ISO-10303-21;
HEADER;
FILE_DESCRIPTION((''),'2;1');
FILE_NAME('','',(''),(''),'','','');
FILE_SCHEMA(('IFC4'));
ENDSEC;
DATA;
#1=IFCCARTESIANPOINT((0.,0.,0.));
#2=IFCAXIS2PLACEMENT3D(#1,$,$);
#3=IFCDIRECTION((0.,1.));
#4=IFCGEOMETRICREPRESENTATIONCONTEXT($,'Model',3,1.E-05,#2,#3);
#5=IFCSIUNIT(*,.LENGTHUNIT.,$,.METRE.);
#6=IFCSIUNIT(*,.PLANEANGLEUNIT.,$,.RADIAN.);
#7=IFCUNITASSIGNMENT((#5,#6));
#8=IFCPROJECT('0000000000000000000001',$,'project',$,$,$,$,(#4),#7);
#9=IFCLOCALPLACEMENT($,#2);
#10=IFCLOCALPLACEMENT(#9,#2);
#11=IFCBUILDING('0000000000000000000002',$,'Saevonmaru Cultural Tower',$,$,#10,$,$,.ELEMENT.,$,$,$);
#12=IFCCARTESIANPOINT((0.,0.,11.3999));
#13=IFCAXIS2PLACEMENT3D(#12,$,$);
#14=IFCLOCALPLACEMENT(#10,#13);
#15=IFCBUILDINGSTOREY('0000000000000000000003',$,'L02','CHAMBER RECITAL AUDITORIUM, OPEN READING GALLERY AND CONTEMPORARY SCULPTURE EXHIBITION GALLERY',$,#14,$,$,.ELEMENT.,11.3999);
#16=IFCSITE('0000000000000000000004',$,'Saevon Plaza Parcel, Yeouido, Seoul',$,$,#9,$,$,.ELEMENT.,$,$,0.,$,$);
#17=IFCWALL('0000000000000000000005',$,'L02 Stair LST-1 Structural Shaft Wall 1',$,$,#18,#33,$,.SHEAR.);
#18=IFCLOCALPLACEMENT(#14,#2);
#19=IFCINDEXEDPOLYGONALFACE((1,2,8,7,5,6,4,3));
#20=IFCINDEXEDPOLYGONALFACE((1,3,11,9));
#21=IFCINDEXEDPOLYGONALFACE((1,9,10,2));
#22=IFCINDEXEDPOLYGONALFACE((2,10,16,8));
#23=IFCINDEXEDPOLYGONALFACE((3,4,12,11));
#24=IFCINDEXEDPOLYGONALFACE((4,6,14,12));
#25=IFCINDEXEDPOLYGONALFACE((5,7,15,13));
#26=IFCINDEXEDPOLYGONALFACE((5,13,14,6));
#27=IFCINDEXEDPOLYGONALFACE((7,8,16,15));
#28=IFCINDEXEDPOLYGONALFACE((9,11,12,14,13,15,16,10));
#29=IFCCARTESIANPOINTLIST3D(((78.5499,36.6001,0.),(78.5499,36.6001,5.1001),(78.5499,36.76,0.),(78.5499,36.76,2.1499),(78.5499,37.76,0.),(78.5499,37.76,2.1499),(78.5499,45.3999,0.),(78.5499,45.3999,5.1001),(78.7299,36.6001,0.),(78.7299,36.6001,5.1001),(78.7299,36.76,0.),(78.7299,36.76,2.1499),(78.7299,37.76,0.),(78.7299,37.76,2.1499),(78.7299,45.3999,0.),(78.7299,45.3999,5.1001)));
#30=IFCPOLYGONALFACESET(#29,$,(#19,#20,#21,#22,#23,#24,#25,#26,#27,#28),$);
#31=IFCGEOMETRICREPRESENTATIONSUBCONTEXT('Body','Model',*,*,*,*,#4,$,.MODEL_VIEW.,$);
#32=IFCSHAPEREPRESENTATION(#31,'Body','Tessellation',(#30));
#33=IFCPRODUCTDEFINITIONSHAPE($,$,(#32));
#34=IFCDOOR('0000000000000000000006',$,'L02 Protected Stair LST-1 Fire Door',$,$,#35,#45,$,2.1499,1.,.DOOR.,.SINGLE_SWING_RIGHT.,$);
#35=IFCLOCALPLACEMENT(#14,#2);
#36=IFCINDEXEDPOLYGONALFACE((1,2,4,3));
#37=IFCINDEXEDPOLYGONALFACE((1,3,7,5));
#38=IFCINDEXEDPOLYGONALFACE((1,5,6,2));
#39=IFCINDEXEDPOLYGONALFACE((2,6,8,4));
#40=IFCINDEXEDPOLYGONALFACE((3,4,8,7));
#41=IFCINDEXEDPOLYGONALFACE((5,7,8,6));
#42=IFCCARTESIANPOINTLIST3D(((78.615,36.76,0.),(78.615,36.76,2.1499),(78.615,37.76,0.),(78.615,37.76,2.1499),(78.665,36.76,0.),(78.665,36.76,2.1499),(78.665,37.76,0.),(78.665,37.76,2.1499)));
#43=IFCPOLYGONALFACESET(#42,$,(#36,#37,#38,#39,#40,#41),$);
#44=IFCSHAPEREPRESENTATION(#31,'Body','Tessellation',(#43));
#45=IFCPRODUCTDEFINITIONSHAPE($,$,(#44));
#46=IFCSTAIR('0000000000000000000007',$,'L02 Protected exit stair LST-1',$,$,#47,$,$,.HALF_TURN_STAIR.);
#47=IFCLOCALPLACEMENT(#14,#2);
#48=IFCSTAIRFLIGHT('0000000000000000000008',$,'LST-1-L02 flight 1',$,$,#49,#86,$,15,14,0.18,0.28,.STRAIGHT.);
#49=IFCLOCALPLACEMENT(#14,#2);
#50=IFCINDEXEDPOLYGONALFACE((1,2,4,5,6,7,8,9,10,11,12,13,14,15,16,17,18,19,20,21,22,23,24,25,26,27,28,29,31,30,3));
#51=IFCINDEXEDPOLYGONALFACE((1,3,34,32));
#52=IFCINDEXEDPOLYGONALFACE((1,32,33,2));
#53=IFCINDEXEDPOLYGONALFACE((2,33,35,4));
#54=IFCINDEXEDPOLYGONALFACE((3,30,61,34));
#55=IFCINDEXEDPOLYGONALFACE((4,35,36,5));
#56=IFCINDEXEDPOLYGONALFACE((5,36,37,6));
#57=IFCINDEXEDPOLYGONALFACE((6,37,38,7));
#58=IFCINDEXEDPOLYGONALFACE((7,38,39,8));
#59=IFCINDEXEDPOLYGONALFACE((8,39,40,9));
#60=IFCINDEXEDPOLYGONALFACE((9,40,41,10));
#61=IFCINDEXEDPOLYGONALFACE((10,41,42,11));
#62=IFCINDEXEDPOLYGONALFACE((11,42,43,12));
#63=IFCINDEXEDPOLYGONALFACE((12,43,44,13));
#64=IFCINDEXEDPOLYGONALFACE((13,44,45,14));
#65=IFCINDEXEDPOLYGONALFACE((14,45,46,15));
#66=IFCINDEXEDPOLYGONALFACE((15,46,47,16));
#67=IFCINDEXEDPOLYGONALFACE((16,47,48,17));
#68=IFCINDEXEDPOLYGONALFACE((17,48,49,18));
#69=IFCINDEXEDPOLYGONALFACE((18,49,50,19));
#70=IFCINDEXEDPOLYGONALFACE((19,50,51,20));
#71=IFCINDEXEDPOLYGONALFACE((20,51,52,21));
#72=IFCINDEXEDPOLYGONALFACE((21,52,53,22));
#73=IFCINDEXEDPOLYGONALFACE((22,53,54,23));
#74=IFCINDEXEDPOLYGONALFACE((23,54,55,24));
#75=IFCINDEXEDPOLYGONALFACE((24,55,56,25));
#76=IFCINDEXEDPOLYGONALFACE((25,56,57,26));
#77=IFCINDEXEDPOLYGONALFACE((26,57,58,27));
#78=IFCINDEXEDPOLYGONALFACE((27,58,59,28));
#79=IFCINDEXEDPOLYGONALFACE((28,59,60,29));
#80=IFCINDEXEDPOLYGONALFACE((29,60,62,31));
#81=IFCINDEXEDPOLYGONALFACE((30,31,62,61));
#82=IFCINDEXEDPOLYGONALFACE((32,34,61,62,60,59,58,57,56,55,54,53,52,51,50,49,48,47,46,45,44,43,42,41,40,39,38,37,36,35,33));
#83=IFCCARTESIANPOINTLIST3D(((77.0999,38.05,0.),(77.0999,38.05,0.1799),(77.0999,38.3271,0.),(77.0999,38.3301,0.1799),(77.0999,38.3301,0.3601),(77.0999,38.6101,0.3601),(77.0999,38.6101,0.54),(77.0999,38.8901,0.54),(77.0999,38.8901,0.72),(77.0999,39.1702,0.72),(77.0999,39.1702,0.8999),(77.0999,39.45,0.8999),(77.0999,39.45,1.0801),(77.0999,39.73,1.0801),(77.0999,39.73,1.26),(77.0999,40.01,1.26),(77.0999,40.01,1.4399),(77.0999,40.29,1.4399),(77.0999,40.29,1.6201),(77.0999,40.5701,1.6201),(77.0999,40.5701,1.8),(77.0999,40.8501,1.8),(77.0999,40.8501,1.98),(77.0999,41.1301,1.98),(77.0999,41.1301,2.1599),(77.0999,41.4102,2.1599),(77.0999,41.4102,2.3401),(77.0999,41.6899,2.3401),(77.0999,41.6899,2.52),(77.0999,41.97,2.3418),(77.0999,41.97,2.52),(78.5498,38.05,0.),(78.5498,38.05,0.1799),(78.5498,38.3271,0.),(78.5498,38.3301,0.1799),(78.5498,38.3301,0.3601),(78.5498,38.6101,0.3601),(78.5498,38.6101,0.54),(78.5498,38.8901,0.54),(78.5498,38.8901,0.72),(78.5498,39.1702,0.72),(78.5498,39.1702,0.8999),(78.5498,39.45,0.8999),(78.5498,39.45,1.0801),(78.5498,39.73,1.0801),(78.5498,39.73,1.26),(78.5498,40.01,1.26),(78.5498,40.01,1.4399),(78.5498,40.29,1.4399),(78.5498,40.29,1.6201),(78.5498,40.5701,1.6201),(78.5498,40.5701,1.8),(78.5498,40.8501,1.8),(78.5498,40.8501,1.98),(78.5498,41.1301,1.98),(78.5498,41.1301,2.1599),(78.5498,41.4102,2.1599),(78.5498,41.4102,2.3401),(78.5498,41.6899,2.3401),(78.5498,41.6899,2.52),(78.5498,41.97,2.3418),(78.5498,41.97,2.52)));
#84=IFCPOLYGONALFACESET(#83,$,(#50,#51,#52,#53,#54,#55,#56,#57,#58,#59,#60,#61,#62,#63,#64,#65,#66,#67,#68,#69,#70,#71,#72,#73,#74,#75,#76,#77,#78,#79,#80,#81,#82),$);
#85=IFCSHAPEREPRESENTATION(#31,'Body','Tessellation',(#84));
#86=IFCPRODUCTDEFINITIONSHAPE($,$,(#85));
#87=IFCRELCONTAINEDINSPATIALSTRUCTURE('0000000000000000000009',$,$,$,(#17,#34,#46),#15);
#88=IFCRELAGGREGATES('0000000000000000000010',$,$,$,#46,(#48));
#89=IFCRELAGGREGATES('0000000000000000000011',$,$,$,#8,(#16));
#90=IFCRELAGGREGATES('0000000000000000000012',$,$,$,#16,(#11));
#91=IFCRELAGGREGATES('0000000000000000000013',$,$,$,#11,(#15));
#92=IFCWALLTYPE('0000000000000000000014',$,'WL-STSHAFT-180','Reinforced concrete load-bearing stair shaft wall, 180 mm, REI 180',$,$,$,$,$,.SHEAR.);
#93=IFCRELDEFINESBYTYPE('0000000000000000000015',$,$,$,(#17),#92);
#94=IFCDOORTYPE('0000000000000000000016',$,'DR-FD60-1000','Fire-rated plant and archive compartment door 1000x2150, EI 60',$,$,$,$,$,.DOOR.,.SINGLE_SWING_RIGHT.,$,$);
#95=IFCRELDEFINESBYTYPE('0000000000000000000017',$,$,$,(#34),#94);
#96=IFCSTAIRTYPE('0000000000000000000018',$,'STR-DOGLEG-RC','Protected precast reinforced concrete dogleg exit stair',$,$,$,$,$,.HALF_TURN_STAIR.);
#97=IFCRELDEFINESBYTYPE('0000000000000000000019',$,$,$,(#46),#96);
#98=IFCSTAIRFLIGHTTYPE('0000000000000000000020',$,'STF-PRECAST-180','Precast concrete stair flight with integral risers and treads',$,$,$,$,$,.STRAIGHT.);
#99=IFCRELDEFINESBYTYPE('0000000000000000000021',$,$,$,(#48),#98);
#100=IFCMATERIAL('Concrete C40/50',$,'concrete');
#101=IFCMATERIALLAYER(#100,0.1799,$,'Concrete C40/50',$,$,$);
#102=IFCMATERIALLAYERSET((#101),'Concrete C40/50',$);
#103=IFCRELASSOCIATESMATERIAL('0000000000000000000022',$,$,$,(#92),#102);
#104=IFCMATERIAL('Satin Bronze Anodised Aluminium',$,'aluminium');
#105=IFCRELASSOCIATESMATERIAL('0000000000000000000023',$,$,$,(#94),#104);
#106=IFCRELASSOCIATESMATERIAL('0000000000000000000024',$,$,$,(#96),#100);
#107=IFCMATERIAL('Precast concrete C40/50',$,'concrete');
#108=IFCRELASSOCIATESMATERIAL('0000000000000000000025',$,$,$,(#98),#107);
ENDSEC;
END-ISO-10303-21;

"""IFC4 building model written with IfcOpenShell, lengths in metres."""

from ifc_helpers import new_model, si_unit, direction, frame, frame_2d, origin, place, context, subcontext, project, spatial, polyline, rectangle, outline, extrude, material, layer, layer_set, type_object, element, fill, aggregate, save


model = new_model("IFC4")

# Units and contexts
model_context = context("Model", 3, precision=1e-05, world=origin(), true_north=direction((0.0, 1.0)))
body_context = subcontext(model_context, "Body", "Model", "MODEL_VIEW")
ifc_project = project(units=[si_unit("LENGTHUNIT", "METRE"), si_unit("PLANEANGLEUNIT", "RADIAN")], contexts=[model_context])

# Site, building, storey
site_placement = place(None, origin())
site = spatial("IfcSite", under=ifc_project, at=site_placement, Name="Saevon Plaza Parcel, Yeouido, Seoul", CompositionType="ELEMENT", RefElevation=0.0)
building_placement = place(site_placement, origin())
building = spatial("IfcBuilding", under=site, at=building_placement, Name="Saevonmaru Cultural Tower", CompositionType="ELEMENT")
storey_placement = place(building_placement, frame((0.0, 0.0, 11.3999)))
storey = spatial("IfcBuildingStorey", under=building, at=storey_placement, Name="L02", Description="CHAMBER RECITAL AUDITORIUM, OPEN READING GALLERY AND CONTEMPORARY SCULPTURE EXHIBITION GALLERY", CompositionType="ELEMENT", Elevation=11.3999)

# Shared definitions
ifc_material_1 = material(Name="Satin Bronze Anodised Aluminium", Category="aluminium")

# Shared definitions
ifc_material_2 = material(Name="Concrete C40/50", Category="concrete")

# Wall, opening, door
ifc_layer_1 = layer(ifc_material_2, 0.1799, Name="Concrete C40/50")
ifc_layer_set_1 = layer_set([ifc_layer_1], Name="Concrete C40/50")
wall_type_1 = type_object("IfcWallType", Name="WL-STSHAFT-180", Description="Reinforced concrete load-bearing stair shaft wall, 180 mm, REI 180", PredefinedType="SHEAR", material=ifc_layer_set_1)
wall_1_placement = place(storey_placement, frame((78.6399, 36.6001, 0.0), z_axis=(0.0, 0.0, 1.0), x_axis=(0.0, 1.0, 0.0)))
wall_1 = element("IfcWall", 1, at=wall_1_placement, inside=storey, type_object=wall_type_1, Name="L02 Stair LST-1 Structural Shaft Wall 1", PredefinedType="SHEAR", context=body_context, shape_type="SweptSolid", body=[
    extrude(rectangle(XDim=8.7998, YDim=0.1799, at=frame_2d((4.3999, 0.0))), origin(), (0.0, 0.0, 1.0), 5.1001),
])
opening_1_placement = place(wall_1_placement, frame((0.1599, 0.0, 0.0)))
opening_1 = element("IfcOpeningElement", 2, at=opening_1_placement, cuts=wall_1, PredefinedType="OPENING", context=body_context, shape_type="SweptSolid", body=[
    extrude(rectangle(XDim=1.0, YDim=2.1499, at=frame_2d((0.5, 1.075))), frame((0.0, 0.1001, 0.0), z_axis=(0.0, -1.0, 0.0), x_axis=(1.0, 0.0, 0.0)), (0.0, 0.0, 1.0), 0.2),
])
door_type_1 = type_object("IfcDoorType", Name="DR-FD60-1000", Description="Fire-rated plant and archive compartment door 1000x2150, EI 60", OperationType="SINGLE_SWING_RIGHT", PredefinedType="DOOR", material=ifc_material_1)
door_1_placement = place(opening_1_placement, origin())
door_1 = element("IfcDoor", 3, at=door_1_placement, inside=storey, type_object=door_type_1, Name="L02 Protected Stair LST-1 Fire Door", OperationType="SINGLE_SWING_RIGHT", OverallHeight=2.1499, OverallWidth=1.0, PredefinedType="DOOR", context=body_context, shape_type="SweptSolid", body=[
    extrude(rectangle(XDim=1.0, YDim=2.1499, at=frame_2d((0.5, 1.075))), frame((0.0, 0.0249, 0.0), z_axis=(0.0, -1.0, 0.0), x_axis=(1.0, 0.0, 0.0)), (0.0, 0.0, 1.0), 0.05),
])
fill(opening_1, door_1)

# Stair, stair flight
stair_type = type_object("IfcStairType", Name="STR-DOGLEG-RC", Description="Protected precast reinforced concrete dogleg exit stair", PredefinedType="HALF_TURN_STAIR", material=ifc_material_2)
stair_placement = place(storey_placement, origin())
stair = element("IfcStair", 4, at=stair_placement, inside=storey, type_object=stair_type, Name="L02 Protected exit stair LST-1", PredefinedType="HALF_TURN_STAIR")
ifc_material_3 = material(Name="Precast concrete C40/50", Category="concrete")
stair_flight_type = type_object("IfcStairFlightType", Name="STF-PRECAST-180", Description="Precast concrete stair flight with integral risers and treads", PredefinedType="STRAIGHT", material=ifc_material_3)
stair_flight_placement = place(storey_placement, frame((77.825, 38.05, 0.0), z_axis=(0.0, 0.0, 1.0), x_axis=(0.0, 1.0, 0.0)))
stair_flight = element("IfcStairFlight", 5, at=stair_flight_placement, type_object=stair_flight_type, Name="LST-1-L02 flight 1", NumberOfRisers=15, NumberOfTreads=14, PredefinedType="STRAIGHT", RiserHeight=0.18, TreadLength=0.28, context=body_context, shape_type="SweptSolid", body=[
    extrude(outline(polyline([(0.0, 0.0), (0.0, 0.1799), (0.28, 0.1799), (0.28, 0.3601), (0.5601, 0.3601), (0.5601, 0.54), (0.8401, 0.54), (0.8401, 0.72), (1.1201, 0.72), (1.1201, 0.8999), (1.3999, 0.8999), (1.3999, 1.0801), (1.6799, 1.0801), (1.6799, 1.26), (1.96, 1.26), (1.96, 1.4399), (2.24, 1.4399), (2.24, 1.6201), (2.52, 1.6201), (2.52, 1.8), (2.8, 1.8), (2.8, 1.98), (3.0801, 1.98), (3.0801, 2.1599), (3.3601, 2.1599), (3.3601, 2.3401), (3.6399, 2.3401), (3.6399, 2.52), (3.9199, 2.52), (3.9199, 2.7), (3.9199, 2.3418), (0.2771, 0.0), (0.0, 0.0)])), frame((0.0, 0.7251, 0.0), z_axis=(0.0, -1.0, 0.0), x_axis=(1.0, 0.0, 0.0)), (0.0, 0.0, 1.0), 1.45),
])
aggregate(stair, [stair_flight])

save(model, "model.ifc")
